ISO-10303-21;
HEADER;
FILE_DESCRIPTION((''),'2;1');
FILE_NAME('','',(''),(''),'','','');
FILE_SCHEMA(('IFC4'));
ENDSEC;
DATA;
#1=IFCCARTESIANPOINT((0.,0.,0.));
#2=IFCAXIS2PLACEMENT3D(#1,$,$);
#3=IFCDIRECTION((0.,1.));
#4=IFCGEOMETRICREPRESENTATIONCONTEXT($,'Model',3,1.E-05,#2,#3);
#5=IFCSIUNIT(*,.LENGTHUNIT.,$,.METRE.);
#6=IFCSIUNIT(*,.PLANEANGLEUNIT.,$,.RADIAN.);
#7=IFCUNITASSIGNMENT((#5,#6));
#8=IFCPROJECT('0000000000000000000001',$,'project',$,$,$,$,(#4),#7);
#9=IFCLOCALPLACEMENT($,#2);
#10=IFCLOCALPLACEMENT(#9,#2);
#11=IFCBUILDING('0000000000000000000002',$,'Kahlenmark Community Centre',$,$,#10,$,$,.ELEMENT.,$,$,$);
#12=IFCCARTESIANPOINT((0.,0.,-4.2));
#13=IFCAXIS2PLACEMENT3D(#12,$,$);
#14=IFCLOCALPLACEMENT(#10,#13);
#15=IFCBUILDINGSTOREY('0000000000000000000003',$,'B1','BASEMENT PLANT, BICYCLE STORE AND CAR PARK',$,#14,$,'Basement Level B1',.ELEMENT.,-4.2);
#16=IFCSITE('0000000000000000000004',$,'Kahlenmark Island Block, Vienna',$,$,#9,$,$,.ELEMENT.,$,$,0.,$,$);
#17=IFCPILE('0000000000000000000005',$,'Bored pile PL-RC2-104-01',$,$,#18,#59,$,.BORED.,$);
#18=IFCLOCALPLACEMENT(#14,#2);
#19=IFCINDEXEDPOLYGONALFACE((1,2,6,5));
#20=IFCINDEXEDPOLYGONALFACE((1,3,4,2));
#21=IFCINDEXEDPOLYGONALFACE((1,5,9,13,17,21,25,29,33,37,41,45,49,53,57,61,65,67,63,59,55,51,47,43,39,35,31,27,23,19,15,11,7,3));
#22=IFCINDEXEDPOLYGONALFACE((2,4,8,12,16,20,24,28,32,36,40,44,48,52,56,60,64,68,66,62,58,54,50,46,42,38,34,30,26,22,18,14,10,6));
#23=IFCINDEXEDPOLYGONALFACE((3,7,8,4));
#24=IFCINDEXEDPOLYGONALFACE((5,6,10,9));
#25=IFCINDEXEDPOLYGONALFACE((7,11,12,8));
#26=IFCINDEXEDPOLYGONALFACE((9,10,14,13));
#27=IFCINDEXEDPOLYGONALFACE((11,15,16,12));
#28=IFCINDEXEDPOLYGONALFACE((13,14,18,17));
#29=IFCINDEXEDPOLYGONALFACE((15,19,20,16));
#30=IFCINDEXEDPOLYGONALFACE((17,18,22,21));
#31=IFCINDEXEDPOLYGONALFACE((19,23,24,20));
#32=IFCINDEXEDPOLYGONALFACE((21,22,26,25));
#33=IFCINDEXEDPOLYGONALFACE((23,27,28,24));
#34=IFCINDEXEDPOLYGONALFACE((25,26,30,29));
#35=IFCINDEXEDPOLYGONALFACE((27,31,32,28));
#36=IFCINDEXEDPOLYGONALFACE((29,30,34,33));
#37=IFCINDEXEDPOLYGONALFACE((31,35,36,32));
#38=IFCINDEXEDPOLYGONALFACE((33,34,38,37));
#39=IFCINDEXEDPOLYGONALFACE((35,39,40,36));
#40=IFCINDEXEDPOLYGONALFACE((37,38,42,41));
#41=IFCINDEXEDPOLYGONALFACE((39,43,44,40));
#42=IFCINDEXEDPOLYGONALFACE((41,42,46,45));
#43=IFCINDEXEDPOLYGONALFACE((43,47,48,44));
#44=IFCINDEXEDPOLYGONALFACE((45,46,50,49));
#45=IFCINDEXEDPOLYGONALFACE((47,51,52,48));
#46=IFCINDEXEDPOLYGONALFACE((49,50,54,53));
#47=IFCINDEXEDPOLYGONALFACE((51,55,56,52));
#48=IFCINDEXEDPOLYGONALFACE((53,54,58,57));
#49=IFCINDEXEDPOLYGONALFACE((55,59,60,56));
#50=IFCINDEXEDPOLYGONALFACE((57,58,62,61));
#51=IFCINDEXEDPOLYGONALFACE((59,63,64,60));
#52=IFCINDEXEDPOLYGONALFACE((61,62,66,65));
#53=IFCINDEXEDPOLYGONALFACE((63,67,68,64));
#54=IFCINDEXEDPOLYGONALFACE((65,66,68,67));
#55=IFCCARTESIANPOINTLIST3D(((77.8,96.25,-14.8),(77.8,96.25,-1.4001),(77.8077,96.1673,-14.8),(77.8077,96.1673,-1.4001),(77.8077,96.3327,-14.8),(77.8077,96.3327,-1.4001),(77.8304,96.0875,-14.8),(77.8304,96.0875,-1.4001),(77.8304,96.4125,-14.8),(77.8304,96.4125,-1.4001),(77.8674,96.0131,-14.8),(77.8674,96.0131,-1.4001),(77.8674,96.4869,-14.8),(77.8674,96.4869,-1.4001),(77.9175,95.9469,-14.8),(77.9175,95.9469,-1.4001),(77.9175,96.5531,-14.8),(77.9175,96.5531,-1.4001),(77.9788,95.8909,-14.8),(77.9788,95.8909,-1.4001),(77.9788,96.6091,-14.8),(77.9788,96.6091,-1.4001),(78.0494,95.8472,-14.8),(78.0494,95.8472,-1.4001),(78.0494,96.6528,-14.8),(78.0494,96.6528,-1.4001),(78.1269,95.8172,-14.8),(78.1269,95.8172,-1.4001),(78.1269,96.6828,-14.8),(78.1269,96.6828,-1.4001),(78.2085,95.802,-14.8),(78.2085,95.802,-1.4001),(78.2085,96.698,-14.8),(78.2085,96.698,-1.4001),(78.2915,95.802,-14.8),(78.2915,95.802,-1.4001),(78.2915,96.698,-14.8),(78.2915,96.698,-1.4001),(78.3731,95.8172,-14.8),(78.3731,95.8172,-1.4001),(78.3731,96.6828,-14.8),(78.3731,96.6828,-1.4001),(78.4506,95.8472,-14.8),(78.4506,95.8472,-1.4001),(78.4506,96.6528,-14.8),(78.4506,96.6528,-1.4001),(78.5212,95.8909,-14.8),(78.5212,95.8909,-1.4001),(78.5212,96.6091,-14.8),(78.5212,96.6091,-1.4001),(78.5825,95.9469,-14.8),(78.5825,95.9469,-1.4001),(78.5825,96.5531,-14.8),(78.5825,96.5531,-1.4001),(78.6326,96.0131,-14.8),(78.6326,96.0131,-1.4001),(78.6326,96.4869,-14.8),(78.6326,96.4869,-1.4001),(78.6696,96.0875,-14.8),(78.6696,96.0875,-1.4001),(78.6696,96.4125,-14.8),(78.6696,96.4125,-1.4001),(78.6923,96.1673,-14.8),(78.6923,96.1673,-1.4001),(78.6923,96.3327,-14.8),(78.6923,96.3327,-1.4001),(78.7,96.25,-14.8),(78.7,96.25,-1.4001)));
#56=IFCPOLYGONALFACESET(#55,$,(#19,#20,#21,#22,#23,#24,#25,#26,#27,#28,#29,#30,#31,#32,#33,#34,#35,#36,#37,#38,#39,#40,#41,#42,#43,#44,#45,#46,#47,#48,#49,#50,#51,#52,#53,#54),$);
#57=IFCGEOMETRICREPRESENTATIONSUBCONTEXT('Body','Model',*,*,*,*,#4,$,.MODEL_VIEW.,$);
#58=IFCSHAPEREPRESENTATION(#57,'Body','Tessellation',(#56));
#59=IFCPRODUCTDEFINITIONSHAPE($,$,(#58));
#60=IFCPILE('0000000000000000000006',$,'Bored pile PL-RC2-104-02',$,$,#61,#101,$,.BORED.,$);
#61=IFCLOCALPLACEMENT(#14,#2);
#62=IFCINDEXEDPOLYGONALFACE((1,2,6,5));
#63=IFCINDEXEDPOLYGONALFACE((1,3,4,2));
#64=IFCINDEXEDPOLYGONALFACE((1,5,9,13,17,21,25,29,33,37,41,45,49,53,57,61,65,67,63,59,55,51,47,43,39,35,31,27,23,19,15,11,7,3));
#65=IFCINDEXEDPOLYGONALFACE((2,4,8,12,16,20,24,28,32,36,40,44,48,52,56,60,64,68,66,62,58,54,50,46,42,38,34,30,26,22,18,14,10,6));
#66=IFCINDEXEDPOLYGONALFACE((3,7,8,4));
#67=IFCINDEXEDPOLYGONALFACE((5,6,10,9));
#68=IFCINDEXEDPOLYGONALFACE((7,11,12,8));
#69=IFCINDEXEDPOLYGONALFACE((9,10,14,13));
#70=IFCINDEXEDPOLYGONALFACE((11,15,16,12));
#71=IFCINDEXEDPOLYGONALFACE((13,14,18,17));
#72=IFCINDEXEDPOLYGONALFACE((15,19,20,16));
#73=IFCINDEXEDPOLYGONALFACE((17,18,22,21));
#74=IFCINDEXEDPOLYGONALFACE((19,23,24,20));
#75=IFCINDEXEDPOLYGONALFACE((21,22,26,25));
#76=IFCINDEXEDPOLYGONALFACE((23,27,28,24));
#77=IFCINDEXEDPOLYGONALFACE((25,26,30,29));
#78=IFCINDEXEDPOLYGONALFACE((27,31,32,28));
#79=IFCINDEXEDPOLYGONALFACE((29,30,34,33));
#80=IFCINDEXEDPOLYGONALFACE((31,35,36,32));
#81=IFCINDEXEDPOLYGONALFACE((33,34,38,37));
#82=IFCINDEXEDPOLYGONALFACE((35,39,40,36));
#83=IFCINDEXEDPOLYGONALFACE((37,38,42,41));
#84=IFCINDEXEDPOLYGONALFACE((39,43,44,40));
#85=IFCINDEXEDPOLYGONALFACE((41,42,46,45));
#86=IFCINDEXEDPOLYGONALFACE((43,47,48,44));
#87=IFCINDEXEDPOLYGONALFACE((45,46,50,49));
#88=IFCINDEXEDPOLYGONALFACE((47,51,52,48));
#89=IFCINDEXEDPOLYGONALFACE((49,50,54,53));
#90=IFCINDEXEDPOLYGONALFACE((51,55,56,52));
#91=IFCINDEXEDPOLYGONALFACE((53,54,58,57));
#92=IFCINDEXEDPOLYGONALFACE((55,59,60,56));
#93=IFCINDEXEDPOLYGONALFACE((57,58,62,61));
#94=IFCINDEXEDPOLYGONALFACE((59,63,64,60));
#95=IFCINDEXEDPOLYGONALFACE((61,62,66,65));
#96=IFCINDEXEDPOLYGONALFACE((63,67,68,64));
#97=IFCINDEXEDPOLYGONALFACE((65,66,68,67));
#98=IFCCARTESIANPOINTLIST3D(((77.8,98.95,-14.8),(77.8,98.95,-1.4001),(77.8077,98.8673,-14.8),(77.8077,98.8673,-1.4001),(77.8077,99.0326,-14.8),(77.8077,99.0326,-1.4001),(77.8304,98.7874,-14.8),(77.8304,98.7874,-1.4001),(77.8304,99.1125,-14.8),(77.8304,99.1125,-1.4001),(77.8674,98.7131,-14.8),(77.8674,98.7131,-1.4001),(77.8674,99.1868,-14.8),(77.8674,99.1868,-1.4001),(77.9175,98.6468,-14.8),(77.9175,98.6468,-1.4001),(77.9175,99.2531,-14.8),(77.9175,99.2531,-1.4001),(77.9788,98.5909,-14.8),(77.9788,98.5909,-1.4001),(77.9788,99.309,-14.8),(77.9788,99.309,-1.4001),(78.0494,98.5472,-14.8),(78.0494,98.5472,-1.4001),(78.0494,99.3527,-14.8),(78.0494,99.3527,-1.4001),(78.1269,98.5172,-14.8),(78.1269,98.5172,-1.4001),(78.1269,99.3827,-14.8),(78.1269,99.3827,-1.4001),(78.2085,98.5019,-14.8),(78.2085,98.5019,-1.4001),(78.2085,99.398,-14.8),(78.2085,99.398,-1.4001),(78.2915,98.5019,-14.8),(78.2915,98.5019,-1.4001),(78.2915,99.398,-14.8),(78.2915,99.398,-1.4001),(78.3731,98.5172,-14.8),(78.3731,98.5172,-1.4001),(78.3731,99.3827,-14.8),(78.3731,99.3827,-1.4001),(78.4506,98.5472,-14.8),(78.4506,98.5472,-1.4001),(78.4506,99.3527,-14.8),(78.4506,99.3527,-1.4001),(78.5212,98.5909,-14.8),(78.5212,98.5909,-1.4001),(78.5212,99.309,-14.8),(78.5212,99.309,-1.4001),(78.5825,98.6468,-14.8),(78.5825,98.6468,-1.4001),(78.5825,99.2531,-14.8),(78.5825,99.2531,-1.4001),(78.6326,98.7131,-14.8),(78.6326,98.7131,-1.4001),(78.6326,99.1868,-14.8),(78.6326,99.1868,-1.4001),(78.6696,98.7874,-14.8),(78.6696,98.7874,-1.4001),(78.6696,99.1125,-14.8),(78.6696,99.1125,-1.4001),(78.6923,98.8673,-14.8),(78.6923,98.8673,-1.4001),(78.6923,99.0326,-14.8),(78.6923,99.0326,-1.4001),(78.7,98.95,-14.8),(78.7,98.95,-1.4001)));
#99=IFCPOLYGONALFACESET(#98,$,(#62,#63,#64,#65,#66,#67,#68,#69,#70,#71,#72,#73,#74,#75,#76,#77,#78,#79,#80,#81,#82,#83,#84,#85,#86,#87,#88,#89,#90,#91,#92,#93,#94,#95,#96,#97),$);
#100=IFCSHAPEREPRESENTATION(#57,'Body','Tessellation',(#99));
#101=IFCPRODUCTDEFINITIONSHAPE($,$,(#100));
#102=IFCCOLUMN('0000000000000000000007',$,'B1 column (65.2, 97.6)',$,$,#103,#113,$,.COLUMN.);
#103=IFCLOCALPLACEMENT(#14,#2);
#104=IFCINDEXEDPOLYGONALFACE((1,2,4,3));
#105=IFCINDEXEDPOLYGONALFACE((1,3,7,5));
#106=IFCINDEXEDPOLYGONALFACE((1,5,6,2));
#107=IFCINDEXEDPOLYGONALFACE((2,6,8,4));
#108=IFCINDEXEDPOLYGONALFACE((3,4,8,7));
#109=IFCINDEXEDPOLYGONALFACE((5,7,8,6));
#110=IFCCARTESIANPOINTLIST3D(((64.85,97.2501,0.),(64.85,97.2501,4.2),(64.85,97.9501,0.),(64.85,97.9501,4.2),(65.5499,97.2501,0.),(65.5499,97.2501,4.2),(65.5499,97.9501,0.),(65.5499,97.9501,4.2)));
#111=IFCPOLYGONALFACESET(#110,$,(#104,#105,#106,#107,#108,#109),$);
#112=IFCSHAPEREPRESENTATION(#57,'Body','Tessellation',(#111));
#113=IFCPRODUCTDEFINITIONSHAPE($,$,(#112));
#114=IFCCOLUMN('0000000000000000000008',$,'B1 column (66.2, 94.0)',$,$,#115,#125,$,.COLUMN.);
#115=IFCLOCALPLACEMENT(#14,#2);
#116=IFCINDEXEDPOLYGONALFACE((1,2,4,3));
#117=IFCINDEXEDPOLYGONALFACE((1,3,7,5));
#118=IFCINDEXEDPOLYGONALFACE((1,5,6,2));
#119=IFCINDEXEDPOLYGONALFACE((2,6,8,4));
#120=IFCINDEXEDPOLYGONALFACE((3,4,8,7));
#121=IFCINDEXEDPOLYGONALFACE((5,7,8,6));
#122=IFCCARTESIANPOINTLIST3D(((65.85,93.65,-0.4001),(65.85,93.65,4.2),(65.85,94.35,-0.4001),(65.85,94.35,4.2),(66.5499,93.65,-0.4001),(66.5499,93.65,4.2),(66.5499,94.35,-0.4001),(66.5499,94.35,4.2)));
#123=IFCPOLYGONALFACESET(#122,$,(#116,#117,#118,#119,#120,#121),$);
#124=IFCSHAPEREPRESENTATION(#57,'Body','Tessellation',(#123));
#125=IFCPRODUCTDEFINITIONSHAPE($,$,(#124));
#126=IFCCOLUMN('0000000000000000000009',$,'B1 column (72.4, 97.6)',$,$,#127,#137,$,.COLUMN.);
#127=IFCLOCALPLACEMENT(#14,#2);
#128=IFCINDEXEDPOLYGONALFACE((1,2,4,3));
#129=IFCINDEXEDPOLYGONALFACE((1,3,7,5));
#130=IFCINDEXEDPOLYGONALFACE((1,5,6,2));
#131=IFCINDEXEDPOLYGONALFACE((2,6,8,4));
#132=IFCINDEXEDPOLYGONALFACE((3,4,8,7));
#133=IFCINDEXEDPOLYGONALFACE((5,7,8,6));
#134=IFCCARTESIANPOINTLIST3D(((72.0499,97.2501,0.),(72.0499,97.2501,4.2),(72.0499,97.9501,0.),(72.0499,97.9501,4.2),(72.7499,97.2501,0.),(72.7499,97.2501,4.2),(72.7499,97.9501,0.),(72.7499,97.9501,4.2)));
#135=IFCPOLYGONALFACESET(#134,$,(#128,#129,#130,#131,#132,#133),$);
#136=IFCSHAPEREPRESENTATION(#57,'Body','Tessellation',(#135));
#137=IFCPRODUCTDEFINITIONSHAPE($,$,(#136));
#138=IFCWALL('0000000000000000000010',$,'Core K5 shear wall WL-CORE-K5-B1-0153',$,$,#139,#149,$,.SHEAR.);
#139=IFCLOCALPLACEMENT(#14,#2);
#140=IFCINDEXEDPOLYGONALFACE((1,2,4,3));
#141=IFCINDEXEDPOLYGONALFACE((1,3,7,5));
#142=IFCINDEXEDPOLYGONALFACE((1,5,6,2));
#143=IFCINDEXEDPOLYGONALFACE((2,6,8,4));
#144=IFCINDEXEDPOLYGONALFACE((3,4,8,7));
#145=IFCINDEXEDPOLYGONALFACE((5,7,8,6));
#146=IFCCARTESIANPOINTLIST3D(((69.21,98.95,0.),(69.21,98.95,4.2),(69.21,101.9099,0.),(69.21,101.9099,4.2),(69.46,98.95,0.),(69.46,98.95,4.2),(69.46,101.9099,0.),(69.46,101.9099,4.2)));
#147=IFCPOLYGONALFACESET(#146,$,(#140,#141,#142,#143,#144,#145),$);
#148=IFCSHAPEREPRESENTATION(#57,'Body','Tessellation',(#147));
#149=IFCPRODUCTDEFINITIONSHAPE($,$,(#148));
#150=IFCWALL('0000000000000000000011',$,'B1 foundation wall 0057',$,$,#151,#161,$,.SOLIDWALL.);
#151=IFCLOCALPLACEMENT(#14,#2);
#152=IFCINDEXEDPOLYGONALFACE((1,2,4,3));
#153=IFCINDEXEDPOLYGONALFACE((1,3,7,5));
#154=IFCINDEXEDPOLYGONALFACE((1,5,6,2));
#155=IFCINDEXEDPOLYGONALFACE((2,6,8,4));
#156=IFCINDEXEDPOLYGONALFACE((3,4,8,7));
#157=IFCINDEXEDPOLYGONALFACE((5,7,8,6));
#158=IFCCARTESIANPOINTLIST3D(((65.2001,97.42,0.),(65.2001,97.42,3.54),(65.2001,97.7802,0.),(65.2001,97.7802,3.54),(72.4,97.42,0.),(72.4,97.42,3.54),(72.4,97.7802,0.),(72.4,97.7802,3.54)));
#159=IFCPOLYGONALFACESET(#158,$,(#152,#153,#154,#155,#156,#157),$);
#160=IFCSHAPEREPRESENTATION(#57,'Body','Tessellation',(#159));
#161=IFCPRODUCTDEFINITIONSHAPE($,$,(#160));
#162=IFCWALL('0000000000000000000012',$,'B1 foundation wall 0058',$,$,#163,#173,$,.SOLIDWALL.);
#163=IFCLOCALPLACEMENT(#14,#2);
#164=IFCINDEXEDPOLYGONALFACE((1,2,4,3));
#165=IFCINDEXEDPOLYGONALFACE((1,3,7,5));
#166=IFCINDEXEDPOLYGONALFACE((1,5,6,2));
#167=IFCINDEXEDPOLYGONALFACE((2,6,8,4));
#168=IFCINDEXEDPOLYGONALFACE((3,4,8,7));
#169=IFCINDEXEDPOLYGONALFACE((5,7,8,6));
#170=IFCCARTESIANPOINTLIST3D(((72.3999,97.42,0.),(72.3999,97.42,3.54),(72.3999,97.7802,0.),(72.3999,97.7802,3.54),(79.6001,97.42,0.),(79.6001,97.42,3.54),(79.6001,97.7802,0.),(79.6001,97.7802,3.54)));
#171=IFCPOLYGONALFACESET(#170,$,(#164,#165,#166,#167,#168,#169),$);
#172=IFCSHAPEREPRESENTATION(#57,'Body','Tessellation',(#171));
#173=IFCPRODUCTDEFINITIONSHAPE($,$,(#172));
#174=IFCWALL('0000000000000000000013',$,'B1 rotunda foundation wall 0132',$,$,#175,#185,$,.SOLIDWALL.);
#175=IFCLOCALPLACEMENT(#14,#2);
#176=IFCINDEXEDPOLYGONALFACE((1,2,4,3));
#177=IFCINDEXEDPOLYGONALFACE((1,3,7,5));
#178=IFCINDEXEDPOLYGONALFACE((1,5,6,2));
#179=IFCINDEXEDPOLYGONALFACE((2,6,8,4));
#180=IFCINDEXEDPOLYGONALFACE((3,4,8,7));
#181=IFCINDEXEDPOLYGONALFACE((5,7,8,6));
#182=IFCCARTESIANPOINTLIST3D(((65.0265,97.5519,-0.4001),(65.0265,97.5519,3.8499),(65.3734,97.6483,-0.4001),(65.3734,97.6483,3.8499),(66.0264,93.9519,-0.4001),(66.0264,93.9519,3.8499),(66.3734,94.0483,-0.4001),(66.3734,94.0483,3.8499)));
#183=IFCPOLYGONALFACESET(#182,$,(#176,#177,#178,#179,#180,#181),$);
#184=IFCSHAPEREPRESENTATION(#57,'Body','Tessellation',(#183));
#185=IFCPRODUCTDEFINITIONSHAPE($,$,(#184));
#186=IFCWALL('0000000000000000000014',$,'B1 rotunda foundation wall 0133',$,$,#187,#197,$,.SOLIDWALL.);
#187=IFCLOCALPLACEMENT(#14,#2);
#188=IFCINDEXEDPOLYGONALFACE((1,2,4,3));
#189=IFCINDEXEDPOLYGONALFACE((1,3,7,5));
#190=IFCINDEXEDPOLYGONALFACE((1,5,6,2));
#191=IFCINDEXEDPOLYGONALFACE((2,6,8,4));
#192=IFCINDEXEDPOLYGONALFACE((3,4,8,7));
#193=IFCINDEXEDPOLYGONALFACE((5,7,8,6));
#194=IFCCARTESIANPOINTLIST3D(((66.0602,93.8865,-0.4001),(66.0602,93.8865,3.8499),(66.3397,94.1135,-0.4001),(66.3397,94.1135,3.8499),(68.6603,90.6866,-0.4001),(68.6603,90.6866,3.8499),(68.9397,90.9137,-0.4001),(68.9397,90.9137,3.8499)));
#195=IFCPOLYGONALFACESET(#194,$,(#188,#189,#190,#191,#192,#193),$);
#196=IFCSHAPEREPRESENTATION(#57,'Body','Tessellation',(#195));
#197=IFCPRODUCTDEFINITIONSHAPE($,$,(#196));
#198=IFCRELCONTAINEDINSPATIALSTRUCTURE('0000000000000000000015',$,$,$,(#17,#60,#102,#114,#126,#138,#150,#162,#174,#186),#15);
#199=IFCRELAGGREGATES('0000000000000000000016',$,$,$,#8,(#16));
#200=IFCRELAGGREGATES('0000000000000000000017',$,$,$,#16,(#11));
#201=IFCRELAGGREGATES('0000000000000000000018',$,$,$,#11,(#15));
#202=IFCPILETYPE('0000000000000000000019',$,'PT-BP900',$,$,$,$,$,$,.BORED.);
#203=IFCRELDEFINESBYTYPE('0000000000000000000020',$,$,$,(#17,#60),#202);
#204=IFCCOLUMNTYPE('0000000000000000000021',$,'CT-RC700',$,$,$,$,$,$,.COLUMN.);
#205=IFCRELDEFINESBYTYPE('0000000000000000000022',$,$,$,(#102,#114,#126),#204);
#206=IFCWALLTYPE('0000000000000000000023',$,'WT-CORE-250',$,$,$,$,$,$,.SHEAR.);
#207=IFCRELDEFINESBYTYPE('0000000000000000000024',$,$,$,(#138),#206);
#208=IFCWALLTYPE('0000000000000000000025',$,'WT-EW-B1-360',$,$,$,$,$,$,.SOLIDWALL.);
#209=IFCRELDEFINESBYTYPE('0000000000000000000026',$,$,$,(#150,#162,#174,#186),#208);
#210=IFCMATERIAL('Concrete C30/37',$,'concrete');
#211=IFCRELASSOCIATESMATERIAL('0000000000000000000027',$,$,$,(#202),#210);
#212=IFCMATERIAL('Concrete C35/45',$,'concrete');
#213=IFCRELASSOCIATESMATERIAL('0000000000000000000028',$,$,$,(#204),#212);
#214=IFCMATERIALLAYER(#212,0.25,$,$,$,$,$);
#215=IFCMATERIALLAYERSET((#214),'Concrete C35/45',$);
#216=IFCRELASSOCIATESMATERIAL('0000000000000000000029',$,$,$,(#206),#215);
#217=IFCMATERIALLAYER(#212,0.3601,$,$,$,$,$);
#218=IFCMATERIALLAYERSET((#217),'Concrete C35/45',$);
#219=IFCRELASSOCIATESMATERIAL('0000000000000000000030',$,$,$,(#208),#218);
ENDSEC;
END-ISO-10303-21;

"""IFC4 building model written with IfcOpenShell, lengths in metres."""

from ifc_helpers import new_model, si_unit, direction, frame, frame_2d, origin, origin_2d, place, context, subcontext, project, spatial, rectangle, circle, extrude, material, layer, layer_set, material_profile, profile_set, type_object, element, save


model = new_model("IFC4")

# Units and contexts
model_context = context("Model", 3, precision=1e-05, world=origin(), true_north=direction((0.0, 1.0)))
body_context = subcontext(model_context, "Body", "Model", "MODEL_VIEW")
ifc_project = project(units=[si_unit("LENGTHUNIT", "METRE"), si_unit("PLANEANGLEUNIT", "RADIAN")], contexts=[model_context])

# Site, building, storey
site_placement = place(None, origin())
site = spatial("IfcSite", under=ifc_project, at=site_placement, Name="Kahlenmark Island Block, Vienna", CompositionType="ELEMENT", RefElevation=0.0)
building_placement = place(site_placement, origin())
building = spatial("IfcBuilding", under=site, at=building_placement, Name="Kahlenmark Community Centre", CompositionType="ELEMENT")
storey_placement = place(building_placement, frame((0.0, 0.0, -4.2)))
storey = spatial("IfcBuildingStorey", under=building, at=storey_placement, Name="B1", Description="BASEMENT PLANT, BICYCLE STORE AND CAR PARK", LongName="Basement Level B1", CompositionType="ELEMENT", Elevation=-4.2)

# Shared definitions
ifc_material_1 = material(Name="Concrete C30/37", Category="concrete")

# Piles
ifc_material_profile_1 = material_profile(ifc_material_1, circle(Radius=0.45, at=origin_2d()), Name="BORED PILE 900")
ifc_profile_set_1 = profile_set([ifc_material_profile_1], Name="Concrete C30/37")
pile_type_1 = type_object("IfcPileType", Name="PT-BP900", PredefinedType="BORED", material=ifc_profile_set_1)
for number, where, z_axis, x_axis, name in (
    (1, (78.25, 96.25, -1.4001), (0.0, 0.0, -1.0), (1.0, 0.0, 0.0), "Bored pile PL-RC2-104-01"),
    (2, (78.25, 98.95, -1.4001), (0.0, 0.0, -1.0), (1.0, 0.0, 0.0), "Bored pile PL-RC2-104-02"),
):
    element("IfcPile", number, at=place(storey_placement, frame(where, z_axis=z_axis, x_axis=x_axis)), inside=storey, type_object=pile_type_1, Name=name, PredefinedType="BORED", context=body_context, shape_type="SweptSolid", body=[
        extrude(circle(Radius=0.45, at=origin_2d()), origin(), (0.0, 0.0, 1.0), 13.3999),
    ])

# Columns
ifc_material_2 = material(Name="Concrete C35/45", Category="concrete")
ifc_material_profile_2 = material_profile(ifc_material_2, rectangle(XDim=0.7, YDim=0.7, at=origin_2d()), Name="RC 700x700")
ifc_profile_set_2 = profile_set([ifc_material_profile_2], Name="Concrete C35/45")
column_type = type_object("IfcColumnType", Name="CT-RC700", PredefinedType="COLUMN", material=ifc_profile_set_2)
column_1_placement = place(storey_placement, frame((65.2, 97.6001, 0.0), z_axis=(0.0, 0.0, 1.0), x_axis=(1.0, 0.0, 0.0)))
element("IfcColumn", 3, at=column_1_placement, inside=storey, type_object=column_type, Name="B1 column (65.2, 97.6)", PredefinedType="COLUMN", context=body_context, shape_type="SweptSolid", body=[
    extrude(rectangle(XDim=0.7, YDim=0.7, at=origin_2d()), origin(), (0.0, 0.0, 1.0), 4.2),
])
column_2_placement = place(storey_placement, frame((66.2, 94.0, -0.4001), z_axis=(0.0, 0.0, 1.0), x_axis=(1.0, 0.0, 0.0)))
element("IfcColumn", 4, at=column_2_placement, inside=storey, type_object=column_type, Name="B1 column (66.2, 94.0)", PredefinedType="COLUMN", context=body_context, shape_type="SweptSolid", body=[
    extrude(rectangle(XDim=0.7, YDim=0.7, at=origin_2d()), origin(), (0.0, 0.0, 1.0), 4.6001),
])
column_3_placement = place(storey_placement, frame((72.3999, 97.6001, 0.0), z_axis=(0.0, 0.0, 1.0), x_axis=(1.0, 0.0, 0.0)))
element("IfcColumn", 5, at=column_3_placement, inside=storey, type_object=column_type, Name="B1 column (72.4, 97.6)", PredefinedType="COLUMN", context=body_context, shape_type="SweptSolid", body=[
    extrude(rectangle(XDim=0.7, YDim=0.7, at=origin_2d()), origin(), (0.0, 0.0, 1.0), 4.2),
])

# Walls
ifc_layer_1 = layer(ifc_material_2, 0.25)
ifc_layer_set_1 = layer_set([ifc_layer_1], Name="Concrete C35/45")
wall_type_1 = type_object("IfcWallType", Name="WT-CORE-250", PredefinedType="SHEAR", material=ifc_layer_set_1)
wall_1_placement = place(storey_placement, frame((69.335, 98.95, 0.0), z_axis=(0.0, 0.0, 1.0), x_axis=(0.0, 1.0, 0.0)))
element("IfcWall", 6, at=wall_1_placement, inside=storey, type_object=wall_type_1, Name="Core K5 shear wall WL-CORE-K5-B1-0153", PredefinedType="SHEAR", context=body_context, shape_type="SweptSolid", body=[
    extrude(rectangle(XDim=2.96, YDim=0.25, at=frame_2d((1.48, 0.0))), origin(), (0.0, 0.0, 1.0), 4.2),
])
ifc_layer_2 = layer(ifc_material_2, 0.3601)
ifc_layer_set_2 = layer_set([ifc_layer_2], Name="Concrete C35/45")
wall_type_2 = type_object("IfcWallType", Name="WT-EW-B1-360", PredefinedType="SOLIDWALL", material=ifc_layer_set_2)
wall_2_placement = place(storey_placement, frame((65.2, 97.6001, 0.0), z_axis=(0.0, 0.0, 1.0), x_axis=(1.0, 0.0, 0.0)))
element("IfcWall", 7, at=wall_2_placement, inside=storey, type_object=wall_type_2, Name="B1 foundation wall 0057", PredefinedType="SOLIDWALL", context=body_context, shape_type="SweptSolid", body=[
    extrude(rectangle(XDim=7.2, YDim=0.3601, at=frame_2d((3.6001, 0.0))), origin(), (0.0, 0.0, 1.0), 3.54),
])
wall_3_placement = place(storey_placement, frame((72.3999, 97.6001, 0.0), z_axis=(0.0, 0.0, 1.0), x_axis=(1.0, 0.0, 0.0)))
element("IfcWall", 8, at=wall_3_placement, inside=storey, type_object=wall_type_2, Name="B1 foundation wall 0058", PredefinedType="SOLIDWALL", context=body_context, shape_type="SweptSolid", body=[
    extrude(rectangle(XDim=7.2002, YDim=0.3601, at=frame_2d((3.6001, 0.0))), origin(), (0.0, 0.0, 1.0), 3.54),
])
wall_4_placement = place(storey_placement, frame((65.2, 97.6001, -0.4001), z_axis=(0.0, 0.0, 1.0), x_axis=(0.267637, -0.96352, 0.0)))
element("IfcWall", 9, at=wall_4_placement, inside=storey, type_object=wall_type_2, Name="B1 rotunda foundation wall 0132", PredefinedType="SOLIDWALL", context=body_context, shape_type="SweptSolid", body=[
    extrude(rectangle(XDim=3.7363, YDim=0.3601, at=frame_2d((1.8682, 0.0))), origin(), (0.0, 0.0, 1.0), 4.25),
])
wall_5_placement = place(storey_placement, frame((66.2, 94.0, -0.4001), z_axis=(0.0, 0.0, 1.0), x_axis=(0.630613, -0.776098, 0.0)))
element("IfcWall", 10, at=wall_5_placement, inside=storey, type_object=wall_type_2, Name="B1 rotunda foundation wall 0133", PredefinedType="SOLIDWALL", context=body_context, shape_type="SweptSolid", body=[
    extrude(rectangle(XDim=4.123, YDim=0.3601, at=frame_2d((2.0615, 0.0))), origin(), (0.0, 0.0, 1.0), 4.25),
])

save(model, "model.ifc")
